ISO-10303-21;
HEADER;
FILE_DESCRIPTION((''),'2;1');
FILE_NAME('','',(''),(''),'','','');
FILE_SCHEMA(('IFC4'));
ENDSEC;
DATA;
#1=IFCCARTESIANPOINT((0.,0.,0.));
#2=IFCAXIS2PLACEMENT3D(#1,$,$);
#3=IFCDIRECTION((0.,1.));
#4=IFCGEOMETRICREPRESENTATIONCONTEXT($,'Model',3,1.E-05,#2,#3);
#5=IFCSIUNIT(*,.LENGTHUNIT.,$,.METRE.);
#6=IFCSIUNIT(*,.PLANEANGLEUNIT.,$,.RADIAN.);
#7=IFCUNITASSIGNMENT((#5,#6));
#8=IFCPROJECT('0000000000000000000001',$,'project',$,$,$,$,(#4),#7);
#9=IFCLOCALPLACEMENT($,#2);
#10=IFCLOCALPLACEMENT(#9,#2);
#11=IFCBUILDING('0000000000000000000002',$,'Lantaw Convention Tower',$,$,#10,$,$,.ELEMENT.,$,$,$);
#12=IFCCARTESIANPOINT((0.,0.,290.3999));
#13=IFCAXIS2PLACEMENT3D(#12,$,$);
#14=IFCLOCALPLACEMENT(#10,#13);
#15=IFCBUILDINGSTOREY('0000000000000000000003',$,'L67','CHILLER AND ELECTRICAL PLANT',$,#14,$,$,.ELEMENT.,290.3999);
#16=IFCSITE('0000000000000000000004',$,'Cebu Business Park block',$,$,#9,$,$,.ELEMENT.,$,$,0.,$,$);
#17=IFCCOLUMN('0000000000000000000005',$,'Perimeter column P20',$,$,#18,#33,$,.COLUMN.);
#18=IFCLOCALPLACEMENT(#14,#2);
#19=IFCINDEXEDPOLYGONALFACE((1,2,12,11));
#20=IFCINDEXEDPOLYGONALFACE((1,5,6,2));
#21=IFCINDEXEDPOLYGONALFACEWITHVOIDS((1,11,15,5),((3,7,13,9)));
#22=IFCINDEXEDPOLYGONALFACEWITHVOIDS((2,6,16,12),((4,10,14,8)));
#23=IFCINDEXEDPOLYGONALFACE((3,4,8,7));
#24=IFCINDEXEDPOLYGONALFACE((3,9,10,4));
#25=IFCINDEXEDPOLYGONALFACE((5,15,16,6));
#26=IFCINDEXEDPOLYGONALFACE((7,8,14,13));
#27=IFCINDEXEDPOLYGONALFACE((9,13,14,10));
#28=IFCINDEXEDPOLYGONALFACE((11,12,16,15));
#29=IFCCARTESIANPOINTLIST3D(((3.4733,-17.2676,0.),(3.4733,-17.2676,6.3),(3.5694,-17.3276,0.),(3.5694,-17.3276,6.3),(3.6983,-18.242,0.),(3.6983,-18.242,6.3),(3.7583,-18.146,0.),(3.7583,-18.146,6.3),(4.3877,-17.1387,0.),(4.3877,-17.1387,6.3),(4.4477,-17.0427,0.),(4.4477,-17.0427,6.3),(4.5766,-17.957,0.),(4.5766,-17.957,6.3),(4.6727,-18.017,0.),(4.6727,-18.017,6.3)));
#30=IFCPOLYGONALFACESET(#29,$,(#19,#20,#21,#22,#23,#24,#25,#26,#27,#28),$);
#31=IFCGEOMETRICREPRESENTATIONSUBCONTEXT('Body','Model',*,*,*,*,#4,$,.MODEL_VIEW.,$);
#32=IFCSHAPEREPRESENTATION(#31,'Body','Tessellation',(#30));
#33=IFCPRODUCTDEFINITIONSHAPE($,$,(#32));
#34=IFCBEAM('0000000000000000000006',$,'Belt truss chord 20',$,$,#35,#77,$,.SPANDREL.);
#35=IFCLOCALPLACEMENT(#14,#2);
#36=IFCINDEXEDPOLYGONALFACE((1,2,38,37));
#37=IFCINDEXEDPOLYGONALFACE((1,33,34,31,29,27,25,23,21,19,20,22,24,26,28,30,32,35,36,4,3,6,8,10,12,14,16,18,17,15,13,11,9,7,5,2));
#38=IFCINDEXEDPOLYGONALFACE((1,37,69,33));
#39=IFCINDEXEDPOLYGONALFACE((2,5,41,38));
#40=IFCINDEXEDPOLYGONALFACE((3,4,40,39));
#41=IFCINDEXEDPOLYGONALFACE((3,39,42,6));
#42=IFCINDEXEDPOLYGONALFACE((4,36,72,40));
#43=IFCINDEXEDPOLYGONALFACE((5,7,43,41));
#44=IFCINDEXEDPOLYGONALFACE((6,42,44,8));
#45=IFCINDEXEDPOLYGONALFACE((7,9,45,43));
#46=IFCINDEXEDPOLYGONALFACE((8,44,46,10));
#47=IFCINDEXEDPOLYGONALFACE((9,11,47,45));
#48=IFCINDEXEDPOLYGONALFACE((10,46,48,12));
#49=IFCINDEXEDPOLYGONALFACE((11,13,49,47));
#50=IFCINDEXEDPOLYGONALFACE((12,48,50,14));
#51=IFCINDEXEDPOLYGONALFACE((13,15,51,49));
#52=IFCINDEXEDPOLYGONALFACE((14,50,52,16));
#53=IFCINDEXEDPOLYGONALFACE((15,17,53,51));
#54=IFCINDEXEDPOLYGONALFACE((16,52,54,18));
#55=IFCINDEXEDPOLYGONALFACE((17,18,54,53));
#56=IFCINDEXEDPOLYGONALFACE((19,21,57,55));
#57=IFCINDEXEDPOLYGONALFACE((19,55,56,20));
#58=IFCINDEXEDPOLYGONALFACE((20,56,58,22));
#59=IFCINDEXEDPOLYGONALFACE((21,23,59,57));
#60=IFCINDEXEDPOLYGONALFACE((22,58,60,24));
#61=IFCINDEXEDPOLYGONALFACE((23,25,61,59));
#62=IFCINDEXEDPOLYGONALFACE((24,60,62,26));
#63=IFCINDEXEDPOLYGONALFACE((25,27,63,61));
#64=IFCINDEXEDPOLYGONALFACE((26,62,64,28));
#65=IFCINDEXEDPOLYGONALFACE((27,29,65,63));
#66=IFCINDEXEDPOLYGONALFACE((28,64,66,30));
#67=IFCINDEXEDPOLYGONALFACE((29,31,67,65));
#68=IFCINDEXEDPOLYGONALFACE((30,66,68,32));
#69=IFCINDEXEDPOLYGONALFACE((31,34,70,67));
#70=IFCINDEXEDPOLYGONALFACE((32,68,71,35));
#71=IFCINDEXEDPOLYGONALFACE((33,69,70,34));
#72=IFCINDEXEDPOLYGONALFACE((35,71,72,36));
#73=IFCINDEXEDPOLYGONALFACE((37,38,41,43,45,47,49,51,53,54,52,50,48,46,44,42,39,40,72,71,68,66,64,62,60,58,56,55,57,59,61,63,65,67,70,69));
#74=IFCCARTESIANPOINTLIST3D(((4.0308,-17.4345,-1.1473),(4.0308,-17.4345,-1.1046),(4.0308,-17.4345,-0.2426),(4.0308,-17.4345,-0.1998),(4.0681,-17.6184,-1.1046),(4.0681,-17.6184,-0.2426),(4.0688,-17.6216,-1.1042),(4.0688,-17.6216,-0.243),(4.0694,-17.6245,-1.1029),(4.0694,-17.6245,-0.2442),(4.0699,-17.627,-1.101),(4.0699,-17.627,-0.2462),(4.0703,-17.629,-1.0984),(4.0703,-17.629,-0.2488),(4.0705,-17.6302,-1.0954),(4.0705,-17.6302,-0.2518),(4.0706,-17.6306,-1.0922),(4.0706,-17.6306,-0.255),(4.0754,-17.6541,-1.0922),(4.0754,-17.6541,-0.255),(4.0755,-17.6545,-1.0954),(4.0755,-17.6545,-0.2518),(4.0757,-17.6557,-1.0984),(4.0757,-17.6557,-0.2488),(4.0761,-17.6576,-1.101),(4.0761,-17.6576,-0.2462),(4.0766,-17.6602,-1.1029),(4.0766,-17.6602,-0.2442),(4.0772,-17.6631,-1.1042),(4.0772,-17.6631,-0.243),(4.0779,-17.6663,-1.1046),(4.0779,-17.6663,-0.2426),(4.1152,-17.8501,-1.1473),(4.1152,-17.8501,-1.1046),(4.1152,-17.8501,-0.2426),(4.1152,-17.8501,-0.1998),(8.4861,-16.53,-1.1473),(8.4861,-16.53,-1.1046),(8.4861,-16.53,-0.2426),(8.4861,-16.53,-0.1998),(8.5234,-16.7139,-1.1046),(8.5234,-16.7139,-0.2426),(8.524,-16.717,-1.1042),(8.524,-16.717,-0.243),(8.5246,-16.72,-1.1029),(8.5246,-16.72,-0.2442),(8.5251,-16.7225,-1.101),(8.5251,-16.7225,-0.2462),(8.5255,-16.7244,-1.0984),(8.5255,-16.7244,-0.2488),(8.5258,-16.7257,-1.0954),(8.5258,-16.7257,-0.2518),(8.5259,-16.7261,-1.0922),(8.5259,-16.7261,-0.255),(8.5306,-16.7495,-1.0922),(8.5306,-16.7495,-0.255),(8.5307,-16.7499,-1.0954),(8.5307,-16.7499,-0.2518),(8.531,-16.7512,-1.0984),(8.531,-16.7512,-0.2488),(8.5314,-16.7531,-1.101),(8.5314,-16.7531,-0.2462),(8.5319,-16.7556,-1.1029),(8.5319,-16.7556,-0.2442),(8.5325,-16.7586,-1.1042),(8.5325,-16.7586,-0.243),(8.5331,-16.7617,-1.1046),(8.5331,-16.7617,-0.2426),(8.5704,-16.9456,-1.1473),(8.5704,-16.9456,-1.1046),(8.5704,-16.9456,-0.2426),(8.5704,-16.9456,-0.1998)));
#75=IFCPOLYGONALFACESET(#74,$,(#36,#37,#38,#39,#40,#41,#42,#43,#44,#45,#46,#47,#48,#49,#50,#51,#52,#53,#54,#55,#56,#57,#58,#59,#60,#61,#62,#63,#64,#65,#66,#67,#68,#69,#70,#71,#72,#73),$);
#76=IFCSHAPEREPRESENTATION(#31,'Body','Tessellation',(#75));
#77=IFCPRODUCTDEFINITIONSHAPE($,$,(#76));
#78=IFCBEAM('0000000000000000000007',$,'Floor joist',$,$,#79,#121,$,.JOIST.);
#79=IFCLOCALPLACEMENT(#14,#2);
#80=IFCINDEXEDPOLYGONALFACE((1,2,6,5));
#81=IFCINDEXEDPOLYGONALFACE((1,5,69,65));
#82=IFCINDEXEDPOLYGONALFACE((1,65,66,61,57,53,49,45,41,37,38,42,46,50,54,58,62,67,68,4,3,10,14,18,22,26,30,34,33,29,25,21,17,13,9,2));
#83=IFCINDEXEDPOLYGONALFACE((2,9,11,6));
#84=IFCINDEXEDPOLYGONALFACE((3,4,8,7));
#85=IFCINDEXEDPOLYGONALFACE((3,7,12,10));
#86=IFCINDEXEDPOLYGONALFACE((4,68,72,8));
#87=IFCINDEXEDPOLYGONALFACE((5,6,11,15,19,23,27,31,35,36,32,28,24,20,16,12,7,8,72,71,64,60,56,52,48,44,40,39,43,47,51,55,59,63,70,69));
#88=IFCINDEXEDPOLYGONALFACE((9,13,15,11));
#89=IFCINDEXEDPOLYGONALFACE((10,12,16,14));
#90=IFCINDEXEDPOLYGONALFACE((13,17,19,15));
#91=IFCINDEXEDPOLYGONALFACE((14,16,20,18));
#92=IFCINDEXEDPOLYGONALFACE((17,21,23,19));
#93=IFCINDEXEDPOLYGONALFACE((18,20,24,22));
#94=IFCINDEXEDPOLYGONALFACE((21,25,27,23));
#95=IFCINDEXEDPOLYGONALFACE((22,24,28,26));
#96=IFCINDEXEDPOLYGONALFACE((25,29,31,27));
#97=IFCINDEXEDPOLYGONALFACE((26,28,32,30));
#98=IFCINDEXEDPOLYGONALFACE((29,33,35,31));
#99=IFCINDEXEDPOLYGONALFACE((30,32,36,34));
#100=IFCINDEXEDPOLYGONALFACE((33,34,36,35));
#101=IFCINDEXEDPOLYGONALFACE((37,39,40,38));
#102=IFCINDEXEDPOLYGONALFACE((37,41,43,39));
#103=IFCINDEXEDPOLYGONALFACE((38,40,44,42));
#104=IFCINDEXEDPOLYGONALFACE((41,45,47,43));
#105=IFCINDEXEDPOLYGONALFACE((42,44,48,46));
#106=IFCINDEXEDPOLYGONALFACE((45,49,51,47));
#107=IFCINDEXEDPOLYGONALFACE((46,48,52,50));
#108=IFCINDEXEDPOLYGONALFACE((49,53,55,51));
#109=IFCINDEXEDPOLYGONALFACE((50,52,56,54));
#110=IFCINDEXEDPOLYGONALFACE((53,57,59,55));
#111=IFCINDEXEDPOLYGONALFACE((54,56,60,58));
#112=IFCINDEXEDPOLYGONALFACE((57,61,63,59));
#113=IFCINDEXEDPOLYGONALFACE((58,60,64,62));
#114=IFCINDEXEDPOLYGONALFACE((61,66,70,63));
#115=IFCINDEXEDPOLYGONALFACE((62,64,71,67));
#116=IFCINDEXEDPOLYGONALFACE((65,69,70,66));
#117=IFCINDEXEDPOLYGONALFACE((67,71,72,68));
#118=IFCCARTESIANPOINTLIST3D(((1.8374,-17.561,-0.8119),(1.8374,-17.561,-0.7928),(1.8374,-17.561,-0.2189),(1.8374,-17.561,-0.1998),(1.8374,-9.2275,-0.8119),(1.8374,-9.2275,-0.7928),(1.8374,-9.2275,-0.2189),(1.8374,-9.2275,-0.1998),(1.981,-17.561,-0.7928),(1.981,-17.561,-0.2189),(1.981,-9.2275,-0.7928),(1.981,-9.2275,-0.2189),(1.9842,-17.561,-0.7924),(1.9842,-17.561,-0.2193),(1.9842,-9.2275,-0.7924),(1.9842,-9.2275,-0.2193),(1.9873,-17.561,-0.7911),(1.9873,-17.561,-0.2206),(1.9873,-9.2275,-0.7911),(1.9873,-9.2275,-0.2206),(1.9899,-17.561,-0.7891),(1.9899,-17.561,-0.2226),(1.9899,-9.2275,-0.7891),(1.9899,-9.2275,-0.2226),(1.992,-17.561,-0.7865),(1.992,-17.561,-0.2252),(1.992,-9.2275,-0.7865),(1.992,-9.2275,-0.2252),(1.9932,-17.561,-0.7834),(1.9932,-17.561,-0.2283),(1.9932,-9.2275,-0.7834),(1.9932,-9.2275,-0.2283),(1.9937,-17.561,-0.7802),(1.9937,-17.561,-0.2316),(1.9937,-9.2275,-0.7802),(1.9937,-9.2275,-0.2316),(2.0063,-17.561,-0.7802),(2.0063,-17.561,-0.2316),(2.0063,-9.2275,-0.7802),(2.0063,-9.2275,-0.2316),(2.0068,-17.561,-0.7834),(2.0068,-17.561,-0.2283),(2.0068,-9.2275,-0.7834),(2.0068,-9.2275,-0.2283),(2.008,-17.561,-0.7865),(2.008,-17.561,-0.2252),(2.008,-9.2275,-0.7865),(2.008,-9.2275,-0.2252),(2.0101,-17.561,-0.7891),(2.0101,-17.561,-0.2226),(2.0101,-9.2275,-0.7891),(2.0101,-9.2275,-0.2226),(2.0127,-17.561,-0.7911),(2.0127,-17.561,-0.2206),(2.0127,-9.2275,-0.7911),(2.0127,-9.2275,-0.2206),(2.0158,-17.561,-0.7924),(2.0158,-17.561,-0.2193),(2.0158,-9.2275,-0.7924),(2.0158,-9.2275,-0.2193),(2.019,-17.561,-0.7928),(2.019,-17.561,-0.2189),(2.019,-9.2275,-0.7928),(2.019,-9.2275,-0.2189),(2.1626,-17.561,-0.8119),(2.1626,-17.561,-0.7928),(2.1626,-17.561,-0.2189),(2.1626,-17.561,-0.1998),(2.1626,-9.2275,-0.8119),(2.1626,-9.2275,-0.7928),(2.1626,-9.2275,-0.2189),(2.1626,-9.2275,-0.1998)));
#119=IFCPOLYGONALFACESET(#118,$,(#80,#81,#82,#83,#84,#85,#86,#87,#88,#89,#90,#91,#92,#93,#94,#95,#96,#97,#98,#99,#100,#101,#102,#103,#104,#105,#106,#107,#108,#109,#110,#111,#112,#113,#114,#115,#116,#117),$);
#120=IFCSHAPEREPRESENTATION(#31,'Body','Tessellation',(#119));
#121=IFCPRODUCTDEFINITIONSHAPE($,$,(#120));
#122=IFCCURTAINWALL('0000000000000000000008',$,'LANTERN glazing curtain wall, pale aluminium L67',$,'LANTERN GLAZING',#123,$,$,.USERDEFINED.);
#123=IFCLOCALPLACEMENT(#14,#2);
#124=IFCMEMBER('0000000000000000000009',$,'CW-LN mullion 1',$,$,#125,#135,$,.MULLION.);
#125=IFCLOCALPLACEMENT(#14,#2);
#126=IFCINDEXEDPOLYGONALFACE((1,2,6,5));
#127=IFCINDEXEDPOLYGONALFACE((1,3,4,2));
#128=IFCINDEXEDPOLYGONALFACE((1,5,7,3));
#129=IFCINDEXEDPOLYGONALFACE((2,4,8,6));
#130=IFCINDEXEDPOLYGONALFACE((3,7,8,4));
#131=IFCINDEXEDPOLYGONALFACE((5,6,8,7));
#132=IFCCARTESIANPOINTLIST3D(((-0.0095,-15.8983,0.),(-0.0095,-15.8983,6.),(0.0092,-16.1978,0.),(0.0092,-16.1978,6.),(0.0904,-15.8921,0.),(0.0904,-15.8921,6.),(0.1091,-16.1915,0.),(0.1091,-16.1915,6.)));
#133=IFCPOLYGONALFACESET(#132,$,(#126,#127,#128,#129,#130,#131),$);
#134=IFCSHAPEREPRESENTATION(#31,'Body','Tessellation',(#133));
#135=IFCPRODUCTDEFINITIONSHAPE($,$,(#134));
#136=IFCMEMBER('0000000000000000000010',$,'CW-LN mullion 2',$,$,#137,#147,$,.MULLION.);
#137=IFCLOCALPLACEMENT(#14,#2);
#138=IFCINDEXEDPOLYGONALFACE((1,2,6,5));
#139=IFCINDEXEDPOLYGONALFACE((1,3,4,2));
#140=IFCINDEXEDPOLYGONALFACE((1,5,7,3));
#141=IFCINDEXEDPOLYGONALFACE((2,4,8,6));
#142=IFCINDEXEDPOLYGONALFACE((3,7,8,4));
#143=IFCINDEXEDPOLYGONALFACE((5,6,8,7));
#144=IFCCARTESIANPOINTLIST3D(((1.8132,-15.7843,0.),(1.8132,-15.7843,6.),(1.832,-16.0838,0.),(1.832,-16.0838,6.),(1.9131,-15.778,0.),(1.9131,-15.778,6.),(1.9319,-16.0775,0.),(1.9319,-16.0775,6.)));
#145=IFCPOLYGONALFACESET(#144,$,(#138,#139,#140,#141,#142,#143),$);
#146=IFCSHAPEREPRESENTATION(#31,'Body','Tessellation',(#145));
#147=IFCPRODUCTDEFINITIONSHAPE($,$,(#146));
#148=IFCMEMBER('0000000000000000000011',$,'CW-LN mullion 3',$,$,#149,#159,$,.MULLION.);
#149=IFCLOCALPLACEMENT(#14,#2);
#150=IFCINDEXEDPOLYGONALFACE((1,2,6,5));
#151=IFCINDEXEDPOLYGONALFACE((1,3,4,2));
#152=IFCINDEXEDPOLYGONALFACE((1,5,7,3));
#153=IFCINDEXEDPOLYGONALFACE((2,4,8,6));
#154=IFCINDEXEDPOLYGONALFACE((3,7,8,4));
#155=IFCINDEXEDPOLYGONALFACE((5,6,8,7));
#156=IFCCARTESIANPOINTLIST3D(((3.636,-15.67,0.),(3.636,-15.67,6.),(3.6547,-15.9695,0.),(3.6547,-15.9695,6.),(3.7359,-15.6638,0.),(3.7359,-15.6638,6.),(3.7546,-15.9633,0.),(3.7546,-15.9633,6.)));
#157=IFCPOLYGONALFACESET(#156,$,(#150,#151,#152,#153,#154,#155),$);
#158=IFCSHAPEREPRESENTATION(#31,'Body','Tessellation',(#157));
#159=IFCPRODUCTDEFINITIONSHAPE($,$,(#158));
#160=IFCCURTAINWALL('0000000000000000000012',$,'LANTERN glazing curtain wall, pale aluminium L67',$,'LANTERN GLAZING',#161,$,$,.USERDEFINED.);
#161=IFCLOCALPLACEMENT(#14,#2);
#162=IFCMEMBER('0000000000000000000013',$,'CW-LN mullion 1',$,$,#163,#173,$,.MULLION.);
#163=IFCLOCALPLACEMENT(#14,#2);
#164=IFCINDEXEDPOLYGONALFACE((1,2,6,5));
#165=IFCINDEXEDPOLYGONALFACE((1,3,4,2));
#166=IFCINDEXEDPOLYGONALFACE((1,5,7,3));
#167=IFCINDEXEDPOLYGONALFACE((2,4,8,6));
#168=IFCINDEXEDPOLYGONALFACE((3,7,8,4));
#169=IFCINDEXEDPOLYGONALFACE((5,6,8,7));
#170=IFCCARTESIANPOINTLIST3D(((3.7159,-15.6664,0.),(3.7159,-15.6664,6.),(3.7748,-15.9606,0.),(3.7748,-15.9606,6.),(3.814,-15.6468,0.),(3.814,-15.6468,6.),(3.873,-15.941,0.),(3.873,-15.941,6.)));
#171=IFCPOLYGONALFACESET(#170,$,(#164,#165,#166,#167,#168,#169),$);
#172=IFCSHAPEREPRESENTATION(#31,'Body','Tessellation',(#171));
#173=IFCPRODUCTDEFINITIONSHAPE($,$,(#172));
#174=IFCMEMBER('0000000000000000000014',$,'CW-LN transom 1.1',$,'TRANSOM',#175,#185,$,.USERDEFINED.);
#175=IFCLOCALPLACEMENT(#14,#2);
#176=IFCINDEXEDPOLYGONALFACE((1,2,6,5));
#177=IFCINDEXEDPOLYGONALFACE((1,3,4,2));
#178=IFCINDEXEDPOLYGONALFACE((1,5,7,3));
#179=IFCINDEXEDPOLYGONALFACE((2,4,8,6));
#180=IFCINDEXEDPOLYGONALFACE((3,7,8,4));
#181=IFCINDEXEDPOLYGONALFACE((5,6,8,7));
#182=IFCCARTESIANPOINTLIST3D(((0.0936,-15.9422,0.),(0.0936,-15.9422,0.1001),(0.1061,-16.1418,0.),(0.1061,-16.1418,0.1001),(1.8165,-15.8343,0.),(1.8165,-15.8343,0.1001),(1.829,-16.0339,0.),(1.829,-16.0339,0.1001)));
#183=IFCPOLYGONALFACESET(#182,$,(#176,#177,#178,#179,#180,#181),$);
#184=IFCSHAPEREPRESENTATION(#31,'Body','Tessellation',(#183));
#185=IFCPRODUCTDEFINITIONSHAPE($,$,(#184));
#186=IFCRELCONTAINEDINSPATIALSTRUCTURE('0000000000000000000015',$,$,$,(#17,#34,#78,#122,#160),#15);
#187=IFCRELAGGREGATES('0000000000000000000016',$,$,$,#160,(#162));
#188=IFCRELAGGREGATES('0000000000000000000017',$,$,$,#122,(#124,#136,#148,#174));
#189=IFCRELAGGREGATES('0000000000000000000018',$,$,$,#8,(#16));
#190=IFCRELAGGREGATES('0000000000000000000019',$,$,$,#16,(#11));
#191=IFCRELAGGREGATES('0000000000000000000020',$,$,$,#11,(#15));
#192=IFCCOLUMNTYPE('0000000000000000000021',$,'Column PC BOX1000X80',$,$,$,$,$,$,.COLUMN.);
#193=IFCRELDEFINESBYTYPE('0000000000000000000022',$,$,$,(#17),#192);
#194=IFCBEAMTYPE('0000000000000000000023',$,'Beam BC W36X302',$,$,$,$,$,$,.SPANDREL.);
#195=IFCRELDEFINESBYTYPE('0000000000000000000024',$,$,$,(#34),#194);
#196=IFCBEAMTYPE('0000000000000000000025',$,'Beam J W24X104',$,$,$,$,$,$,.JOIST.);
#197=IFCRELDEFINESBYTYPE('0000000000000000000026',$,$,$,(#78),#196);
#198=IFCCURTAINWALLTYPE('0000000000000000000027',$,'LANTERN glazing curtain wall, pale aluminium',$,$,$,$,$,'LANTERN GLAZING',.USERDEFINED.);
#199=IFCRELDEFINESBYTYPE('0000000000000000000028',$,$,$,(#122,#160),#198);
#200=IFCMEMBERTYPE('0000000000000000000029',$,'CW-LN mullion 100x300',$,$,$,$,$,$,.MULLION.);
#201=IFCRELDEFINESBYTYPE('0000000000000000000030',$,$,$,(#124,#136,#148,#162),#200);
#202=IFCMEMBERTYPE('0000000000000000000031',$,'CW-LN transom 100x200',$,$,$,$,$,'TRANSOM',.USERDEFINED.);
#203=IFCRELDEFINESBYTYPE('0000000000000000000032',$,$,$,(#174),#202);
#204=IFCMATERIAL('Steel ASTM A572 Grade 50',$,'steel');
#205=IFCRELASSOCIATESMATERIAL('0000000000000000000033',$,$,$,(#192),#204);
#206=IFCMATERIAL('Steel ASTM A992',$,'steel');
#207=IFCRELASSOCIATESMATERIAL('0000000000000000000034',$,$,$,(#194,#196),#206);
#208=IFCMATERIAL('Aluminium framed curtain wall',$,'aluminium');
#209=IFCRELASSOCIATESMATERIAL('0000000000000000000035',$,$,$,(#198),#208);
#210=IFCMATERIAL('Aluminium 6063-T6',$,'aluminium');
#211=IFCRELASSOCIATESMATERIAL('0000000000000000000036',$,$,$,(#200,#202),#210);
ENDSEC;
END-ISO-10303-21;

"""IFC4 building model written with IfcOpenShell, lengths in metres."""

from ifc_helpers import new_model, si_unit, direction, frame, origin, origin_2d, place, context, subcontext, project, spatial, rectangle, hollow_rectangle, i_section, extrude, material, material_profile, profile_set, type_object, element, aggregate, save


model = new_model("IFC4")

# Units and contexts
model_context = context("Model", 3, precision=1e-05, world=origin(), true_north=direction((0.0, 1.0)))
body_context = subcontext(model_context, "Body", "Model", "MODEL_VIEW")
ifc_project = project(units=[si_unit("LENGTHUNIT", "METRE"), si_unit("PLANEANGLEUNIT", "RADIAN")], contexts=[model_context])

# Site, building, storey
site_placement = place(None, origin())
site = spatial("IfcSite", under=ifc_project, at=site_placement, Name="Cebu Business Park block", CompositionType="ELEMENT", RefElevation=0.0)
building_placement = place(site_placement, origin())
building = spatial("IfcBuilding", under=site, at=building_placement, Name="Lantaw Convention Tower", CompositionType="ELEMENT")
storey_placement = place(building_placement, frame((0.0, 0.0, 290.3999)))
storey = spatial("IfcBuildingStorey", under=building, at=storey_placement, Name="L67", Description="CHILLER AND ELECTRICAL PLANT", CompositionType="ELEMENT", Elevation=290.3999)

# Column
ifc_material_1 = material(Name="Steel ASTM A572 Grade 50", Category="steel")
ifc_material_profile_1 = material_profile(ifc_material_1, hollow_rectangle(XDim=1.0, YDim=1.0, WallThickness=0.0801, at=origin_2d()), Name="BOX1000X80")
ifc_material_2 = material(Name="Concrete C60/75", Category="concrete")
ifc_material_profile_2 = material_profile(ifc_material_2, rectangle(XDim=0.8401, YDim=0.8401, at=origin_2d()), Name="Concrete fill of BOX1000X80")
ifc_profile_set_1 = profile_set([ifc_material_profile_1, ifc_material_profile_2], Name="Steel ASTM A572 Grade 50")
column_type = type_object("IfcColumnType", Name="Column PC BOX1000X80", PredefinedType="COLUMN", material=ifc_profile_set_1)
column_placement = place(storey_placement, frame((4.073, -17.6423, 0.0), z_axis=(0.0, 0.0, 1.0), x_axis=(0.97437, 0.224951, 0.0)))
element("IfcColumn", 1, at=column_placement, inside=storey, type_object=column_type, Name="Perimeter column P20", PredefinedType="COLUMN", context=body_context, shape_type="SweptSolid", body=[
    extrude(hollow_rectangle(XDim=1.0, YDim=1.0, WallThickness=0.0801, at=origin_2d()), origin(), (0.0, 0.0, 1.0), 6.3),
])

# Beams
ifc_material_3 = material(Name="Steel ASTM A992", Category="steel")
ifc_material_profile_3 = material_profile(ifc_material_3, i_section(OverallWidth=0.4241, OverallDepth=0.9475, WebThickness=0.0239, FlangeThickness=0.0427, FilletRadius=0.0125, at=origin_2d()), Name="W36X302")
ifc_profile_set_2 = profile_set([ifc_material_profile_3], Name="Steel ASTM A992")
beam_type_1 = type_object("IfcBeamType", Name="Beam BC W36X302", PredefinedType="SPANDREL", material=ifc_profile_set_2)
beam_1_placement = place(storey_placement, frame((4.073, -17.6423, -0.6736), z_axis=(0.980006, 0.198966, 0.0), x_axis=(-0.198966, 0.980006, 0.0)))
element("IfcBeam", 2, at=beam_1_placement, inside=storey, type_object=beam_type_1, Name="Belt truss chord 20", PredefinedType="SPANDREL", context=body_context, shape_type="SweptSolid", body=[
    extrude(i_section(OverallWidth=0.4241, OverallDepth=0.9475, WebThickness=0.0239, FlangeThickness=0.0427, FilletRadius=0.0125, at=origin_2d()), origin(), (0.0, 0.0, 1.0), 4.5461),
])
ifc_material_profile_4 = material_profile(ifc_material_3, i_section(OverallWidth=0.3252, OverallDepth=0.6121, WebThickness=0.0127, FlangeThickness=0.019, FilletRadius=0.0127, at=origin_2d()), Name="W24X104")
ifc_profile_set_3 = profile_set([ifc_material_profile_4], Name="Steel ASTM A992")
beam_type_2 = type_object("IfcBeamType", Name="Beam J W24X104", PredefinedType="JOIST", material=ifc_profile_set_3)
beam_2_placement = place(storey_placement, frame((2.0, -17.561, -0.5059), z_axis=(0.0, 1.0, 0.0), x_axis=(-1.0, 0.0, 0.0)))
element("IfcBeam", 3, at=beam_2_placement, inside=storey, type_object=beam_type_2, Name="Floor joist", PredefinedType="JOIST", context=body_context, shape_type="SweptSolid", body=[
    extrude(i_section(OverallWidth=0.3252, OverallDepth=0.6121, WebThickness=0.0127, FlangeThickness=0.019, FilletRadius=0.0127, at=origin_2d()), origin(), (0.0, 0.0, 1.0), 8.3335),
])

# Curtain wall, members
ifc_material_4 = material(Name="Aluminium framed curtain wall", Category="aluminium")
curtain_wall_type_1 = type_object("IfcCurtainWallType", Name="LANTERN glazing curtain wall, pale aluminium", ElementType="LANTERN GLAZING", PredefinedType="USERDEFINED", material=ifc_material_4)
curtain_wall_1_placement = place(storey_placement, origin())
curtain_wall_1 = element("IfcCurtainWall", 4, at=curtain_wall_1_placement, inside=storey, type_object=curtain_wall_type_1, Name="LANTERN glazing curtain wall, pale aluminium L67", ObjectType="LANTERN GLAZING", PredefinedType="USERDEFINED")
ifc_material_5 = material(Name="Aluminium 6063-T6", Category="aluminium")
ifc_material_profile_5 = material_profile(ifc_material_5, rectangle(XDim=0.3, YDim=0.1001, at=origin_2d()), Name="CW-LN mullion 100x300")
ifc_profile_set_4 = profile_set([ifc_material_profile_5], Name="Aluminium 6063-T6")
member_type_1 = type_object("IfcMemberType", Name="CW-LN mullion 100x300", PredefinedType="MULLION", material=ifc_profile_set_4)
member_1_placement = place(storey_placement, frame((0.0498, -16.0449, 0.0), z_axis=(0.0, 0.0, 1.0), x_axis=(-0.062489, 0.998046, 0.0)))
member_1 = element("IfcMember", 5, at=member_1_placement, type_object=member_type_1, Name="CW-LN mullion 1", PredefinedType="MULLION", context=body_context, shape_type="SweptSolid", body=[
    extrude(rectangle(XDim=0.3, YDim=0.1001, at=origin_2d()), origin(), (0.0, 0.0, 1.0), 6.0),
])
member_2_placement = place(storey_placement, frame((1.8726, -15.9309, 0.0), z_axis=(0.0, 0.0, 1.0), x_axis=(-0.062489, 0.998046, 0.0)))
member_2 = element("IfcMember", 6, at=member_2_placement, type_object=member_type_1, Name="CW-LN mullion 2", PredefinedType="MULLION", context=body_context, shape_type="SweptSolid", body=[
    extrude(rectangle(XDim=0.3, YDim=0.1001, at=origin_2d()), origin(), (0.0, 0.0, 1.0), 6.0),
])
member_3_placement = place(storey_placement, frame((3.6953, -15.8167, 0.0), z_axis=(0.0, 0.0, 1.0), x_axis=(-0.062489, 0.998046, 0.0)))
member_3 = element("IfcMember", 7, at=member_3_placement, type_object=member_type_1, Name="CW-LN mullion 3", PredefinedType="MULLION", context=body_context, shape_type="SweptSolid", body=[
    extrude(rectangle(XDim=0.3, YDim=0.1001, at=origin_2d()), origin(), (0.0, 0.0, 1.0), 6.0),
])

# Curtain wall, member
curtain_wall_2_placement = place(storey_placement, origin())
curtain_wall_2 = element("IfcCurtainWall", 8, at=curtain_wall_2_placement, inside=storey, type_object=curtain_wall_type_1, Name="LANTERN glazing curtain wall, pale aluminium L67", ObjectType="LANTERN GLAZING", PredefinedType="USERDEFINED")
member_4_placement = place(storey_placement, frame((3.7944, -15.8037, 0.0), z_axis=(0.0, 0.0, 1.0), x_axis=(-0.196367, 0.98053, 0.0)))
member_4 = element("IfcMember", 9, at=member_4_placement, type_object=member_type_1, Name="CW-LN mullion 1", PredefinedType="MULLION", context=body_context, shape_type="SweptSolid", body=[
    extrude(rectangle(XDim=0.3, YDim=0.1001, at=origin_2d()), origin(), (0.0, 0.0, 1.0), 6.0),
])
aggregate(curtain_wall_2, [member_4])

# Member
ifc_material_profile_6 = material_profile(ifc_material_5, rectangle(XDim=0.2, YDim=0.1001, at=origin_2d()), Name="CW-LN transom 100x200")
ifc_profile_set_5 = profile_set([ifc_material_profile_6], Name="Aluminium 6063-T6")
member_type_2 = type_object("IfcMemberType", Name="CW-LN transom 100x200", ElementType="TRANSOM", PredefinedType="USERDEFINED", material=ifc_profile_set_5)
member_5_placement = place(storey_placement, frame((0.0999, -16.042, 0.05), z_axis=(0.998044, 0.06251, 0.0), x_axis=(-0.06251, 0.998044, 0.0)))
member_5 = element("IfcMember", 10, at=member_5_placement, type_object=member_type_2, Name="CW-LN transom 1.1", ObjectType="TRANSOM", PredefinedType="USERDEFINED", context=body_context, shape_type="SweptSolid", body=[
    extrude(rectangle(XDim=0.2, YDim=0.1001, at=origin_2d()), origin(), (0.0, 0.0, 1.0), 1.7263),
])

aggregate(curtain_wall_1, [member_1, member_2, member_3, member_5])

save(model, "model.ifc")
